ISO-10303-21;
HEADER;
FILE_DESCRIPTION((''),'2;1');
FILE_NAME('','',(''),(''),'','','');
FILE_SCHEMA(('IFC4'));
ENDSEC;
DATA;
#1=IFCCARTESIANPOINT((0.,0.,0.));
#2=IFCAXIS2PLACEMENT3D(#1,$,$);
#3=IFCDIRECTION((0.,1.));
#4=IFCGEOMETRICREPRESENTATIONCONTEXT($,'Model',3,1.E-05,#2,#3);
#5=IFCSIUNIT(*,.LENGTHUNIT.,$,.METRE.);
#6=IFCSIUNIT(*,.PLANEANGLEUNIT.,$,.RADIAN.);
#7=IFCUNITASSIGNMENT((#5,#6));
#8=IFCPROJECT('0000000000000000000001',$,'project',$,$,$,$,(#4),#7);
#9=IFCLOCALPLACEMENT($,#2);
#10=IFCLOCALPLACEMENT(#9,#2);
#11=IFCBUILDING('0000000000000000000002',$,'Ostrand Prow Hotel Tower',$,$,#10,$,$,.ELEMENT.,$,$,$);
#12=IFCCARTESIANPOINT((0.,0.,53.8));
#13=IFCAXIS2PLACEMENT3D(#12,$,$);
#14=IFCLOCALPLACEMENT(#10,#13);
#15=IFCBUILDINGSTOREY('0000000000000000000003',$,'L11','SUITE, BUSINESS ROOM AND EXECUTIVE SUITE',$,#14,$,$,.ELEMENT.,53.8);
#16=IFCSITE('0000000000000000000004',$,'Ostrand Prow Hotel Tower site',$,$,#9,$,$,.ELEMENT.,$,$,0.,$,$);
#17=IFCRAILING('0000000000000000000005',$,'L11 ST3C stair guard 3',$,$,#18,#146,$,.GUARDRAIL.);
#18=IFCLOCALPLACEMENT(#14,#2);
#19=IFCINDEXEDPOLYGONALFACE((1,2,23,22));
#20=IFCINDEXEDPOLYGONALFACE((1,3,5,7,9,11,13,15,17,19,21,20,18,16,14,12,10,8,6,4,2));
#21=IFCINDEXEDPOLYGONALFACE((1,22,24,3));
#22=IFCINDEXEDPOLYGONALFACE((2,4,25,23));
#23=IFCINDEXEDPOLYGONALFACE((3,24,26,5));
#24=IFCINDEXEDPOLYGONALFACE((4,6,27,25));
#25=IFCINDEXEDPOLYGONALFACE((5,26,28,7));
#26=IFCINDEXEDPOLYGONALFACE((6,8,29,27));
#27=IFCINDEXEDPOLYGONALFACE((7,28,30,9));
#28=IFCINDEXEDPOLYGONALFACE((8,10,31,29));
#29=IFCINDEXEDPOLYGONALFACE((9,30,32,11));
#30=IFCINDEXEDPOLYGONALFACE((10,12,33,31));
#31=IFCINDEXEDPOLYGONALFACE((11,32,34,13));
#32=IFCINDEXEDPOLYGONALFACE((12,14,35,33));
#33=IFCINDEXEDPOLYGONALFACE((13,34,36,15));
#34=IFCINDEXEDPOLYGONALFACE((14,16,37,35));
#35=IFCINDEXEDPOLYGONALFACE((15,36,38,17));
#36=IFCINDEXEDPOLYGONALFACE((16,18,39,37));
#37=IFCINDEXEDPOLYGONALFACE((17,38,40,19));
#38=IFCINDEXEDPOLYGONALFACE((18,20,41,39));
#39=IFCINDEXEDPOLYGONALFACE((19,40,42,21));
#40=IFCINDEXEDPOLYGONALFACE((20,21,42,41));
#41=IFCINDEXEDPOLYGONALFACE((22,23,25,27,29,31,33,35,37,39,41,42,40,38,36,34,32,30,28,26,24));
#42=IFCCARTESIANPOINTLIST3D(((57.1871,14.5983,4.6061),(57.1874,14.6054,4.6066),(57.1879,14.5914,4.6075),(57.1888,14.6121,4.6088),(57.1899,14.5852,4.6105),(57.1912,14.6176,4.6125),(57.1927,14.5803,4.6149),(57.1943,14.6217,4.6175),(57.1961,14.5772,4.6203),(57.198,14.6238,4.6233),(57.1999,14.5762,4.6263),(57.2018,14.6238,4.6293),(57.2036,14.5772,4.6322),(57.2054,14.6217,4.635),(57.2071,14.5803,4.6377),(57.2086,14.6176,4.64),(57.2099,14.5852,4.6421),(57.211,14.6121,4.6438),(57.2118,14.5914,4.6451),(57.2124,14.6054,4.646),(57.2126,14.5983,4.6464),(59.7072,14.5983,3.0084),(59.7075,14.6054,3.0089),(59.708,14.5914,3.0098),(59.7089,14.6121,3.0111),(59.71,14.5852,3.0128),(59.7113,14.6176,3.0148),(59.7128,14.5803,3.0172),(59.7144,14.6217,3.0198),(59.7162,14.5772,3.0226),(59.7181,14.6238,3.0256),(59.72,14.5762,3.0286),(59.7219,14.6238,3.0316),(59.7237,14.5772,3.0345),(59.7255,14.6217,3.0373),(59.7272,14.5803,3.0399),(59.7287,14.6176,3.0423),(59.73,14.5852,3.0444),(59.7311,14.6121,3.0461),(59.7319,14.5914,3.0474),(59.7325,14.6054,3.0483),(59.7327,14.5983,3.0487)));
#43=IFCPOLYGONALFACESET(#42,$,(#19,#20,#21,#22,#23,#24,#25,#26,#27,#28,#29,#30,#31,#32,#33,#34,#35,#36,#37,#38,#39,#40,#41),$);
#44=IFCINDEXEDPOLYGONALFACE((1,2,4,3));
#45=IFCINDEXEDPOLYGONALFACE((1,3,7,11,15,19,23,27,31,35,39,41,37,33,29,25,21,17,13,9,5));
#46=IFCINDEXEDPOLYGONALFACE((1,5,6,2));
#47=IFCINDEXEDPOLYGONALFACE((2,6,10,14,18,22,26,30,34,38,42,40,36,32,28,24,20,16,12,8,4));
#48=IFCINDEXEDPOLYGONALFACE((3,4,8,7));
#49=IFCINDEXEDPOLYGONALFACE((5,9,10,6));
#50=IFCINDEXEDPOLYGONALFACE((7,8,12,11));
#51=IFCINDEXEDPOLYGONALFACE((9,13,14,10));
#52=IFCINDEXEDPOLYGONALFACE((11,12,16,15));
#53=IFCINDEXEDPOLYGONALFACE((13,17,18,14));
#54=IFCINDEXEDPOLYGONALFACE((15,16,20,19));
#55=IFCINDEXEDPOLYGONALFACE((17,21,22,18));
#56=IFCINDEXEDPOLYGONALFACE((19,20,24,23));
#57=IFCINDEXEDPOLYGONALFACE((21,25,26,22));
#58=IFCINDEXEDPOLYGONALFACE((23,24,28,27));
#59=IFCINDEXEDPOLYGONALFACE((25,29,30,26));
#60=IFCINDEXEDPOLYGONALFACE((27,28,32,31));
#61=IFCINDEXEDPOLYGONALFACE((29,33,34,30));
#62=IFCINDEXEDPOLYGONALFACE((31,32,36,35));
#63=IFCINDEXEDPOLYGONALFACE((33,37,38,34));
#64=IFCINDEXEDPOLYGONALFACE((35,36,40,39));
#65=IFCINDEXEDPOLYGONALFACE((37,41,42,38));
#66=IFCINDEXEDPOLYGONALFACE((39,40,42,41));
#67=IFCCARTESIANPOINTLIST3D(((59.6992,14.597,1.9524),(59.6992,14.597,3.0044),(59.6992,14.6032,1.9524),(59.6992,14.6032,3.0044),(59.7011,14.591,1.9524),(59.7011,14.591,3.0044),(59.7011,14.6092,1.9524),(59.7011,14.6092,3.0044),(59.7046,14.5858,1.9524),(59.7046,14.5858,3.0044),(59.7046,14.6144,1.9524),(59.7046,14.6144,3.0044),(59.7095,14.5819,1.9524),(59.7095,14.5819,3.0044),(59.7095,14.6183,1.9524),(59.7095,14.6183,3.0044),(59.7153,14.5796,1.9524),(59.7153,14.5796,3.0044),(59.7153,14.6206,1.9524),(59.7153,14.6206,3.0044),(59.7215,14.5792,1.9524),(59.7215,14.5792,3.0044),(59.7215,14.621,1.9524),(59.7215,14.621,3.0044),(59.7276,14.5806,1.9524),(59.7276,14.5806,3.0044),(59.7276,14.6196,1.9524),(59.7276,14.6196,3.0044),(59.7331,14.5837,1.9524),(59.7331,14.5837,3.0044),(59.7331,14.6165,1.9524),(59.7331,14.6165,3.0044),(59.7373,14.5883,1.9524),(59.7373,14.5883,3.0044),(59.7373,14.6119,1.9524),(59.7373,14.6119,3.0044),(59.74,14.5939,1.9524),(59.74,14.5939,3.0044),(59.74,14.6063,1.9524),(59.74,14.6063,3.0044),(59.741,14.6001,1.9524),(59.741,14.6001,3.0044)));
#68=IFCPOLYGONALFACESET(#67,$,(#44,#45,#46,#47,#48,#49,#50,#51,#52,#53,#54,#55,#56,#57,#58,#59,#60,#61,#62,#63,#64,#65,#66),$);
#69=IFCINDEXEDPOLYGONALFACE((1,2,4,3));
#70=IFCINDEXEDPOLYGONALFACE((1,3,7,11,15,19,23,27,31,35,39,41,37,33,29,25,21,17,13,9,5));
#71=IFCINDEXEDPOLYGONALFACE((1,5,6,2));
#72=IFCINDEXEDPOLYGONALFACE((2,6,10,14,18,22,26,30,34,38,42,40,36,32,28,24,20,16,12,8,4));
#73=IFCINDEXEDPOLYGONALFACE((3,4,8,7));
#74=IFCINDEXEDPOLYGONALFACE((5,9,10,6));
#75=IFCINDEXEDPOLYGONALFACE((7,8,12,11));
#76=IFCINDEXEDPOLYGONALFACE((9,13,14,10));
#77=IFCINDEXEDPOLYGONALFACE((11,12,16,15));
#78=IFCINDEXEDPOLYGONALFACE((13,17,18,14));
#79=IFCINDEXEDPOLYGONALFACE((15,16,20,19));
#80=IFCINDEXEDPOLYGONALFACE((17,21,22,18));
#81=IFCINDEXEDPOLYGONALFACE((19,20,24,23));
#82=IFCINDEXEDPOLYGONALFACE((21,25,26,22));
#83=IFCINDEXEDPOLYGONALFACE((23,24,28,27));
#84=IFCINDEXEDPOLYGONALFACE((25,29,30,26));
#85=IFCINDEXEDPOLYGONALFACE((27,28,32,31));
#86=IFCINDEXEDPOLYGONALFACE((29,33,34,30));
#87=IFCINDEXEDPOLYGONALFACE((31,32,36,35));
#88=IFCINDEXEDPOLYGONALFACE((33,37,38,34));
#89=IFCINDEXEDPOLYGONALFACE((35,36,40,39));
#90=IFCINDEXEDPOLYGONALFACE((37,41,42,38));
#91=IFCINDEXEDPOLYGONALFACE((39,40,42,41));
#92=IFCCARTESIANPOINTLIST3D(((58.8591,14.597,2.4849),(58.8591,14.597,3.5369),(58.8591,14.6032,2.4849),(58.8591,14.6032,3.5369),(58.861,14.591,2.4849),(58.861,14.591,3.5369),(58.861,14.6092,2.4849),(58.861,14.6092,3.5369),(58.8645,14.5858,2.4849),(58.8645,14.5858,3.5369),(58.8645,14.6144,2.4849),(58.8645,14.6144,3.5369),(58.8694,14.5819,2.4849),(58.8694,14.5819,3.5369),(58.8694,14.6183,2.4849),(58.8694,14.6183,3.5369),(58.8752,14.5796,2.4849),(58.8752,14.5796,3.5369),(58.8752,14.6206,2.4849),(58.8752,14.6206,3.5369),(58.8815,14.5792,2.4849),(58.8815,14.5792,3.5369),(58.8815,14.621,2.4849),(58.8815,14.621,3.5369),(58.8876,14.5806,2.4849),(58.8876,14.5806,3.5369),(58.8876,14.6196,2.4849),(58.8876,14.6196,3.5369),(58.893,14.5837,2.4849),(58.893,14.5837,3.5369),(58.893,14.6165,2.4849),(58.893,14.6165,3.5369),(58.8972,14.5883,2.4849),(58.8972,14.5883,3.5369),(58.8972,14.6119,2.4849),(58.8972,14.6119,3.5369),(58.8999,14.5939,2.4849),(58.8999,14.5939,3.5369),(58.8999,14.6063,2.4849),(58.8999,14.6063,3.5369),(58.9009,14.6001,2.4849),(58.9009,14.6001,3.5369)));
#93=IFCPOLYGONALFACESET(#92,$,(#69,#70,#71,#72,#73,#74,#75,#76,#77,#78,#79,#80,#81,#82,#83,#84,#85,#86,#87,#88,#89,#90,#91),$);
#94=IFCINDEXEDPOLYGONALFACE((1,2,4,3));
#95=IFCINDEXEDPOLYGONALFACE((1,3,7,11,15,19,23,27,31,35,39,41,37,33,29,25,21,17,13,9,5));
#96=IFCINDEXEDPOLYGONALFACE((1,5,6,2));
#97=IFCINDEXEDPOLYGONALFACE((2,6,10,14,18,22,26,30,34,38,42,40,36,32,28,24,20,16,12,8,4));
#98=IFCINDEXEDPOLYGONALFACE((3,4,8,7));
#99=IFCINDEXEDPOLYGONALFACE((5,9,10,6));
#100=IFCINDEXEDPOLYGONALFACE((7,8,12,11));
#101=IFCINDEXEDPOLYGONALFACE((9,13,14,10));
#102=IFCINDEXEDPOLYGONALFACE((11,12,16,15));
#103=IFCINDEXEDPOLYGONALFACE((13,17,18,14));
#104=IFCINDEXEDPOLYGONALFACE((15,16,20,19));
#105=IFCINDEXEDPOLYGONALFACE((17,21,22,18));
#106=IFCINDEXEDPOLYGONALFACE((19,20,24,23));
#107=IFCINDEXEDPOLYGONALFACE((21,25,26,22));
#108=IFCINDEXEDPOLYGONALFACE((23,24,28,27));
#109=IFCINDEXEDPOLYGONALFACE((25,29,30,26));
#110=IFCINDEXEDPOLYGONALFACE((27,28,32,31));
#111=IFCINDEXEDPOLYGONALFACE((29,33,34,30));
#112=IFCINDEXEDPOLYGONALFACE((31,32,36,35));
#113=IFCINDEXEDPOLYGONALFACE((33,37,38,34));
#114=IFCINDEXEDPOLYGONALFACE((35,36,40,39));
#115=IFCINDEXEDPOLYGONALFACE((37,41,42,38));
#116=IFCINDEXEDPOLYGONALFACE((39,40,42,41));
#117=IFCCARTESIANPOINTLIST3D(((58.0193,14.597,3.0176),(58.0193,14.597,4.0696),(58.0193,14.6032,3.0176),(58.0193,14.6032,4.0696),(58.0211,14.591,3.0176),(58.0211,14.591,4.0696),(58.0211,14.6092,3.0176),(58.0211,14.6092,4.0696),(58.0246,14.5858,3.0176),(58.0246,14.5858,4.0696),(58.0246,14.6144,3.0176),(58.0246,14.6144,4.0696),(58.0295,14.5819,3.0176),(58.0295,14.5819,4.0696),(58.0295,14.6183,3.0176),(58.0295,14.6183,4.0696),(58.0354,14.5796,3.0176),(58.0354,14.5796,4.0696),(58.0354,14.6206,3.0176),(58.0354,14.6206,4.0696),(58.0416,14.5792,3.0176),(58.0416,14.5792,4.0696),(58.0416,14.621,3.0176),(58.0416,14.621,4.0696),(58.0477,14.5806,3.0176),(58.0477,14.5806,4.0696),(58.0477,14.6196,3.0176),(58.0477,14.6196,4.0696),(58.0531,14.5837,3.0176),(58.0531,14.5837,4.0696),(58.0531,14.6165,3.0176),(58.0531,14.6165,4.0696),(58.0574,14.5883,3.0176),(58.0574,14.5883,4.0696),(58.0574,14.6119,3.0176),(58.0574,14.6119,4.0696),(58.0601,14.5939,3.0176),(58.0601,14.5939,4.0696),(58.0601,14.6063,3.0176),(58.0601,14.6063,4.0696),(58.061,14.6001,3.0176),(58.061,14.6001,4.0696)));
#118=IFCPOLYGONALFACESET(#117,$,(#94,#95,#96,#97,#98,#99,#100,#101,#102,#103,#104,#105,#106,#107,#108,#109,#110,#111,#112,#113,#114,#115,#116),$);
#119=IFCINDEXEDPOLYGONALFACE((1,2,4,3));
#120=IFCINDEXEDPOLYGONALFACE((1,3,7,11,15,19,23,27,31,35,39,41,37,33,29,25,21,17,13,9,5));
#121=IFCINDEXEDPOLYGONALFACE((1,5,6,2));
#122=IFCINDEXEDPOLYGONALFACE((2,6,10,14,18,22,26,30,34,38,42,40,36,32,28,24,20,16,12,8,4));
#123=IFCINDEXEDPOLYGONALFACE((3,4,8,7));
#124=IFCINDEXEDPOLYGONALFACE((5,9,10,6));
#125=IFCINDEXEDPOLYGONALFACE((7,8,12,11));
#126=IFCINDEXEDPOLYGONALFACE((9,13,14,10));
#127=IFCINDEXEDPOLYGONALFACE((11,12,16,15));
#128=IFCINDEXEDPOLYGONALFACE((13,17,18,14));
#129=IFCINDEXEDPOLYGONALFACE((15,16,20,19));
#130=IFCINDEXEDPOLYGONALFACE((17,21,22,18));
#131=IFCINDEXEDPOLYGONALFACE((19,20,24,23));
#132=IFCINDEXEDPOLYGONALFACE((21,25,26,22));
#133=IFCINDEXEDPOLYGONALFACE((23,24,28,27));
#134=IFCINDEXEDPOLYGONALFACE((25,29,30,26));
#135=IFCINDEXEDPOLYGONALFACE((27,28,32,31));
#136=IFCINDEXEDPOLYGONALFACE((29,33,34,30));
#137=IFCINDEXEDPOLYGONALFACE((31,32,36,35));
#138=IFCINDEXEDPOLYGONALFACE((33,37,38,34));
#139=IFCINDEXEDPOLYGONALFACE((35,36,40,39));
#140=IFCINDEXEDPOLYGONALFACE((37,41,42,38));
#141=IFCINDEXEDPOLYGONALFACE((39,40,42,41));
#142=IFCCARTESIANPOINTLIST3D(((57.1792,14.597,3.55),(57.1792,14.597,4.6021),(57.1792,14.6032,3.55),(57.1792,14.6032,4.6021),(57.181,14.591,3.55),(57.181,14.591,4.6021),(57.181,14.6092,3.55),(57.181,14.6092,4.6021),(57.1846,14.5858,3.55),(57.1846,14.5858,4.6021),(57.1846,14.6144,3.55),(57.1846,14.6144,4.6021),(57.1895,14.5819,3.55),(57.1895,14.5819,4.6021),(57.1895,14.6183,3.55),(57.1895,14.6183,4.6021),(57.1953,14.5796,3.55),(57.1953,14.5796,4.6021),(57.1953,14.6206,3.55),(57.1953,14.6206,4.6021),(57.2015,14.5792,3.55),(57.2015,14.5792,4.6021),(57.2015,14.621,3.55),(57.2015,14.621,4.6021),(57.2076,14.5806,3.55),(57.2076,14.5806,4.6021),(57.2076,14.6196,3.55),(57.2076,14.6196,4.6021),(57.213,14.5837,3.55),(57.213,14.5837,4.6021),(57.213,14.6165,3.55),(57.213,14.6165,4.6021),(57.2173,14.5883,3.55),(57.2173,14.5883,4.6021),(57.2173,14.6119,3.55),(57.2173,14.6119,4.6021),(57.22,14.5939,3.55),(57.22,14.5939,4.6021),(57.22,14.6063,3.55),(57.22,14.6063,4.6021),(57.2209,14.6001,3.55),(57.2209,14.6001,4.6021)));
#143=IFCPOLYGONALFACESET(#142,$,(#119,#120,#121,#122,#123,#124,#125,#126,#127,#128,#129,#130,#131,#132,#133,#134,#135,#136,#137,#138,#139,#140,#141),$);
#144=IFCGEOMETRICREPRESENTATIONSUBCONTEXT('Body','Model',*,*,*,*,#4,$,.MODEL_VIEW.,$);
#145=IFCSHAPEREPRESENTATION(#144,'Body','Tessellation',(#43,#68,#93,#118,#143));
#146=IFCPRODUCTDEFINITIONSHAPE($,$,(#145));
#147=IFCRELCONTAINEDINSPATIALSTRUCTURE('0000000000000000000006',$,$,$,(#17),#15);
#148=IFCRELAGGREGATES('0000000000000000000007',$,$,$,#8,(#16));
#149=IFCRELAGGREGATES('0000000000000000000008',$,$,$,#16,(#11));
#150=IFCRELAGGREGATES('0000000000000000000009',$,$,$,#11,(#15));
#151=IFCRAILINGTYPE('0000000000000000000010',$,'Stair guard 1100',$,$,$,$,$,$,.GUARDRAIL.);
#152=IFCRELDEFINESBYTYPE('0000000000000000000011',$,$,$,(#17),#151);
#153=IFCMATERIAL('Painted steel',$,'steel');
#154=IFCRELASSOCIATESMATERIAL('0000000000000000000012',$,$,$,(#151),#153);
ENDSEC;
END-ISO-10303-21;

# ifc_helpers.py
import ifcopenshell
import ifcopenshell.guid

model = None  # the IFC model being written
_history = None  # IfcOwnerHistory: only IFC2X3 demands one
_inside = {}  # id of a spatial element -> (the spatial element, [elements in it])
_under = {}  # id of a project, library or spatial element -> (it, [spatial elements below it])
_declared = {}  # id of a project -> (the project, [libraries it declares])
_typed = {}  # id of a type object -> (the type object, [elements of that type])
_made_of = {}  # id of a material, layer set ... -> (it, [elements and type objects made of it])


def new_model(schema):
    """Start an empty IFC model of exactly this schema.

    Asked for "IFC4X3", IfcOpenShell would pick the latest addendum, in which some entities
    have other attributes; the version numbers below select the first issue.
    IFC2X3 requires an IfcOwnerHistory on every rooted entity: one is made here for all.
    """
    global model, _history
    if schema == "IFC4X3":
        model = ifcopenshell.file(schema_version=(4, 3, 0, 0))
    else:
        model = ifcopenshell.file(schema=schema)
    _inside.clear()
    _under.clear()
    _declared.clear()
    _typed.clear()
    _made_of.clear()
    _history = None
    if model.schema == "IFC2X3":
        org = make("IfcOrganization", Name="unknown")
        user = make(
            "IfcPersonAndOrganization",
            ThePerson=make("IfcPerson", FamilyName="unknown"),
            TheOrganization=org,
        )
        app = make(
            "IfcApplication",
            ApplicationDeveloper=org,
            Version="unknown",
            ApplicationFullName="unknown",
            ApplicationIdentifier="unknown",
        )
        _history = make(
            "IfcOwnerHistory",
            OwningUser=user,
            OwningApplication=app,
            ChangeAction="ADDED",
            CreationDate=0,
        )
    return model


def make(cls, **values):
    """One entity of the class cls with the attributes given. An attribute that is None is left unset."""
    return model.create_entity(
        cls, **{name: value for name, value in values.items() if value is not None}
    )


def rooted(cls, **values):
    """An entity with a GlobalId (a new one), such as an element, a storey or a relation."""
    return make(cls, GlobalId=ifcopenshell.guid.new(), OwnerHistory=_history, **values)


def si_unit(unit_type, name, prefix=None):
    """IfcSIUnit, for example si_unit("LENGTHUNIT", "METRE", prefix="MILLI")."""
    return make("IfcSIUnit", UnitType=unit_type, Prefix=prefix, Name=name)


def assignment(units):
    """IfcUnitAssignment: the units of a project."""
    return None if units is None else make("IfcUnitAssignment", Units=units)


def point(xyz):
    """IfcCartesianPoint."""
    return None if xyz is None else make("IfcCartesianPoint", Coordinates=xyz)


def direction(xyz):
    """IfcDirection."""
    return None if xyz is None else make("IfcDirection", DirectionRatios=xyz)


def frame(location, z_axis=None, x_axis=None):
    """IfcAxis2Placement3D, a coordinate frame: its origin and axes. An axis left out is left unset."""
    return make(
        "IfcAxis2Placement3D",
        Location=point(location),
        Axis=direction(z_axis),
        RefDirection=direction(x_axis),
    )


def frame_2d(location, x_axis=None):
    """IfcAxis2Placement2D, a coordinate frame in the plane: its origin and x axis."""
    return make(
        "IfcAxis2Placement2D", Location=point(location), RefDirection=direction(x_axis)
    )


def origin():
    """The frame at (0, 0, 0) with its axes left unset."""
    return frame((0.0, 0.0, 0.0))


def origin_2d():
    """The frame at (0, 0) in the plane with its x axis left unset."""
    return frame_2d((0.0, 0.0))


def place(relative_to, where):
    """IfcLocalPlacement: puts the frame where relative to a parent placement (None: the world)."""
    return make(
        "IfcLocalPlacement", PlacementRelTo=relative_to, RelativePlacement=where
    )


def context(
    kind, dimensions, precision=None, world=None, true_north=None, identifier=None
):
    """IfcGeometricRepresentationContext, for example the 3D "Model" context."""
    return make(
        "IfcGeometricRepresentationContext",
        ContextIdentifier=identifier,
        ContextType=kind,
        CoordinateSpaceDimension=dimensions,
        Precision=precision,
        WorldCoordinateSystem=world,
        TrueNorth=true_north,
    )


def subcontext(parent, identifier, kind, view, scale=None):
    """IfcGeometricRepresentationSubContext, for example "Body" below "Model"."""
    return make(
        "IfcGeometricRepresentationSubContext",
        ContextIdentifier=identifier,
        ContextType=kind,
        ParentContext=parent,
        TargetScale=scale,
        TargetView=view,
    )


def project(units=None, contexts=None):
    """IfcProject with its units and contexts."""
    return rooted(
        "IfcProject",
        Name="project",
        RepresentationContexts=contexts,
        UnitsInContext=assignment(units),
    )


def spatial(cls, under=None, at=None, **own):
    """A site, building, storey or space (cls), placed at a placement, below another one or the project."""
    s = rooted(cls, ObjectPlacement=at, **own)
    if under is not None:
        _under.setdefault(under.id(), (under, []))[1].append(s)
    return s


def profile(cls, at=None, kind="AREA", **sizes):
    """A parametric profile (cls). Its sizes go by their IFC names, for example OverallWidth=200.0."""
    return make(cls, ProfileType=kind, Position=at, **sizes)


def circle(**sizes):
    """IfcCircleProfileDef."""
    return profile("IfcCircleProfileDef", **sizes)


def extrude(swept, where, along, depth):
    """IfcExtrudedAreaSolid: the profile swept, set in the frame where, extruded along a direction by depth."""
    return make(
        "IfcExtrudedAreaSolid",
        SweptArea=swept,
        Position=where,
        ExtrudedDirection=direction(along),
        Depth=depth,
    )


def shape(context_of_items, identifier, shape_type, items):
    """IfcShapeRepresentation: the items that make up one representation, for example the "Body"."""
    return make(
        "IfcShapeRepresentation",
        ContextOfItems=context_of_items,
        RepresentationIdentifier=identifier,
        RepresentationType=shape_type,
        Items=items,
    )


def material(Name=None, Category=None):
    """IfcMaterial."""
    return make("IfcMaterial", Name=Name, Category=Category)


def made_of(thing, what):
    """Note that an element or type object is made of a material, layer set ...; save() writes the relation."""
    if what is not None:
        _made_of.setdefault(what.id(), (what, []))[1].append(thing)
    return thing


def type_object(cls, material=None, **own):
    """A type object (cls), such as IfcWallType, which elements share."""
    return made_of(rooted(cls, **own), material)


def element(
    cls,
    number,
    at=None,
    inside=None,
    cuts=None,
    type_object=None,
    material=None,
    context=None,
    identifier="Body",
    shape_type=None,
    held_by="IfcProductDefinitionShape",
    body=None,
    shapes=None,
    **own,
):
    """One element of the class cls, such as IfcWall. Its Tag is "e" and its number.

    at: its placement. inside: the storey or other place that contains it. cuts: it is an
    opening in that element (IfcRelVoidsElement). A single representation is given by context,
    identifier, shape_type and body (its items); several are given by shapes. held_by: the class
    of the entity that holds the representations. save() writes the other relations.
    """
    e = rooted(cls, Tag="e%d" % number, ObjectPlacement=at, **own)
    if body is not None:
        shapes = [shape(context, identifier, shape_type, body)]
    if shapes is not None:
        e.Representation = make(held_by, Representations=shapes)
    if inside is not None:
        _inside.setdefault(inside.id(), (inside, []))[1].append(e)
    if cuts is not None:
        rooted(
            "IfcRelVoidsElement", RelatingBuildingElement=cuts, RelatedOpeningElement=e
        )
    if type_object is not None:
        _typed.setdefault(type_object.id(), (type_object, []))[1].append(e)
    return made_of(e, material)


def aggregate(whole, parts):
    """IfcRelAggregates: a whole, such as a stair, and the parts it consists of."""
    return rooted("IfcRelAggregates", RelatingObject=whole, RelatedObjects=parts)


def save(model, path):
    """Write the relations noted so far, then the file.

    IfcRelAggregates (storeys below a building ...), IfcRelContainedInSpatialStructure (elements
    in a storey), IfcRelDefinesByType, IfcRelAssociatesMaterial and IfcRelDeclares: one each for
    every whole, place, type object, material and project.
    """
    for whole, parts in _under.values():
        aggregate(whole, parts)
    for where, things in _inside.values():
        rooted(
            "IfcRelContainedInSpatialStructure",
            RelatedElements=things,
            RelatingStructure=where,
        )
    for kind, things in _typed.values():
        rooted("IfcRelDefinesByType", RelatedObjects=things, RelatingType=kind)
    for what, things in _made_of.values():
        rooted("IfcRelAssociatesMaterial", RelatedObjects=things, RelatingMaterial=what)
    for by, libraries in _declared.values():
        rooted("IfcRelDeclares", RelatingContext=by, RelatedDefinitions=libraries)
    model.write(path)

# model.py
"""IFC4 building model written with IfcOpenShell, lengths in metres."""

from ifc_helpers import new_model, si_unit, direction, frame, origin, origin_2d, place, context, subcontext, project, spatial, circle, extrude, material, type_object, element, save


model = new_model("IFC4")

# Units and contexts
model_context = context("Model", 3, precision=1e-05, world=origin(), true_north=direction((0.0, 1.0)))
body_context = subcontext(model_context, "Body", "Model", "MODEL_VIEW")
ifc_project = project(units=[si_unit("LENGTHUNIT", "METRE"), si_unit("PLANEANGLEUNIT", "RADIAN")], contexts=[model_context])

# Site, building, storey
site_placement = place(None, origin())
site = spatial("IfcSite", under=ifc_project, at=site_placement, Name="Ostrand Prow Hotel Tower site", CompositionType="ELEMENT", RefElevation=0.0)
building_placement = place(site_placement, origin())
building = spatial("IfcBuilding", under=site, at=building_placement, Name="Ostrand Prow Hotel Tower", CompositionType="ELEMENT")
storey_placement = place(building_placement, frame((0.0, 0.0, 53.8)))
storey = spatial("IfcBuildingStorey", under=building, at=storey_placement, Name="L11", Description="SUITE, BUSINESS ROOM AND EXECUTIVE SUITE", CompositionType="ELEMENT", Elevation=53.8)

# Railing
ifc_material_1 = material(Name="Painted steel", Category="steel")
railing_type_1 = type_object("IfcRailingType", Name="Stair guard 1100", PredefinedType="GUARDRAIL", material=ifc_material_1)
railing_1_placement = place(storey_placement, frame((59.72, 14.6001, 1.9524)))
element("IfcRailing", 1, at=railing_1_placement, inside=storey, type_object=railing_type_1, Name="L11 ST3C stair guard 3", PredefinedType="GUARDRAIL", context=body_context, shape_type="SweptSolid", body=[
    extrude(circle(Radius=0.0239, at=origin_2d()), frame((0.0, 0.0, 1.0762), z_axis=(-0.84457, 0.0, 0.535445), x_axis=(0.0, -1.0, 0.0)), (0.0, 0.0, 1.0), 2.9839),
    extrude(circle(Radius=0.021, at=origin_2d()), origin(), (0.0, 0.0, 1.0), 1.052),
    extrude(circle(Radius=0.021, at=origin_2d()), frame((-0.8401, 0.0, 0.5325)), (0.0, 0.0, 1.0), 1.052),
    extrude(circle(Radius=0.021, at=origin_2d()), frame((-1.6799, 0.0, 1.0652)), (0.0, 0.0, 1.0), 1.052),
    extrude(circle(Radius=0.021, at=origin_2d()), frame((-2.52, 0.0, 1.5977)), (0.0, 0.0, 1.0), 1.052),
])

save(model, "model.ifc")
